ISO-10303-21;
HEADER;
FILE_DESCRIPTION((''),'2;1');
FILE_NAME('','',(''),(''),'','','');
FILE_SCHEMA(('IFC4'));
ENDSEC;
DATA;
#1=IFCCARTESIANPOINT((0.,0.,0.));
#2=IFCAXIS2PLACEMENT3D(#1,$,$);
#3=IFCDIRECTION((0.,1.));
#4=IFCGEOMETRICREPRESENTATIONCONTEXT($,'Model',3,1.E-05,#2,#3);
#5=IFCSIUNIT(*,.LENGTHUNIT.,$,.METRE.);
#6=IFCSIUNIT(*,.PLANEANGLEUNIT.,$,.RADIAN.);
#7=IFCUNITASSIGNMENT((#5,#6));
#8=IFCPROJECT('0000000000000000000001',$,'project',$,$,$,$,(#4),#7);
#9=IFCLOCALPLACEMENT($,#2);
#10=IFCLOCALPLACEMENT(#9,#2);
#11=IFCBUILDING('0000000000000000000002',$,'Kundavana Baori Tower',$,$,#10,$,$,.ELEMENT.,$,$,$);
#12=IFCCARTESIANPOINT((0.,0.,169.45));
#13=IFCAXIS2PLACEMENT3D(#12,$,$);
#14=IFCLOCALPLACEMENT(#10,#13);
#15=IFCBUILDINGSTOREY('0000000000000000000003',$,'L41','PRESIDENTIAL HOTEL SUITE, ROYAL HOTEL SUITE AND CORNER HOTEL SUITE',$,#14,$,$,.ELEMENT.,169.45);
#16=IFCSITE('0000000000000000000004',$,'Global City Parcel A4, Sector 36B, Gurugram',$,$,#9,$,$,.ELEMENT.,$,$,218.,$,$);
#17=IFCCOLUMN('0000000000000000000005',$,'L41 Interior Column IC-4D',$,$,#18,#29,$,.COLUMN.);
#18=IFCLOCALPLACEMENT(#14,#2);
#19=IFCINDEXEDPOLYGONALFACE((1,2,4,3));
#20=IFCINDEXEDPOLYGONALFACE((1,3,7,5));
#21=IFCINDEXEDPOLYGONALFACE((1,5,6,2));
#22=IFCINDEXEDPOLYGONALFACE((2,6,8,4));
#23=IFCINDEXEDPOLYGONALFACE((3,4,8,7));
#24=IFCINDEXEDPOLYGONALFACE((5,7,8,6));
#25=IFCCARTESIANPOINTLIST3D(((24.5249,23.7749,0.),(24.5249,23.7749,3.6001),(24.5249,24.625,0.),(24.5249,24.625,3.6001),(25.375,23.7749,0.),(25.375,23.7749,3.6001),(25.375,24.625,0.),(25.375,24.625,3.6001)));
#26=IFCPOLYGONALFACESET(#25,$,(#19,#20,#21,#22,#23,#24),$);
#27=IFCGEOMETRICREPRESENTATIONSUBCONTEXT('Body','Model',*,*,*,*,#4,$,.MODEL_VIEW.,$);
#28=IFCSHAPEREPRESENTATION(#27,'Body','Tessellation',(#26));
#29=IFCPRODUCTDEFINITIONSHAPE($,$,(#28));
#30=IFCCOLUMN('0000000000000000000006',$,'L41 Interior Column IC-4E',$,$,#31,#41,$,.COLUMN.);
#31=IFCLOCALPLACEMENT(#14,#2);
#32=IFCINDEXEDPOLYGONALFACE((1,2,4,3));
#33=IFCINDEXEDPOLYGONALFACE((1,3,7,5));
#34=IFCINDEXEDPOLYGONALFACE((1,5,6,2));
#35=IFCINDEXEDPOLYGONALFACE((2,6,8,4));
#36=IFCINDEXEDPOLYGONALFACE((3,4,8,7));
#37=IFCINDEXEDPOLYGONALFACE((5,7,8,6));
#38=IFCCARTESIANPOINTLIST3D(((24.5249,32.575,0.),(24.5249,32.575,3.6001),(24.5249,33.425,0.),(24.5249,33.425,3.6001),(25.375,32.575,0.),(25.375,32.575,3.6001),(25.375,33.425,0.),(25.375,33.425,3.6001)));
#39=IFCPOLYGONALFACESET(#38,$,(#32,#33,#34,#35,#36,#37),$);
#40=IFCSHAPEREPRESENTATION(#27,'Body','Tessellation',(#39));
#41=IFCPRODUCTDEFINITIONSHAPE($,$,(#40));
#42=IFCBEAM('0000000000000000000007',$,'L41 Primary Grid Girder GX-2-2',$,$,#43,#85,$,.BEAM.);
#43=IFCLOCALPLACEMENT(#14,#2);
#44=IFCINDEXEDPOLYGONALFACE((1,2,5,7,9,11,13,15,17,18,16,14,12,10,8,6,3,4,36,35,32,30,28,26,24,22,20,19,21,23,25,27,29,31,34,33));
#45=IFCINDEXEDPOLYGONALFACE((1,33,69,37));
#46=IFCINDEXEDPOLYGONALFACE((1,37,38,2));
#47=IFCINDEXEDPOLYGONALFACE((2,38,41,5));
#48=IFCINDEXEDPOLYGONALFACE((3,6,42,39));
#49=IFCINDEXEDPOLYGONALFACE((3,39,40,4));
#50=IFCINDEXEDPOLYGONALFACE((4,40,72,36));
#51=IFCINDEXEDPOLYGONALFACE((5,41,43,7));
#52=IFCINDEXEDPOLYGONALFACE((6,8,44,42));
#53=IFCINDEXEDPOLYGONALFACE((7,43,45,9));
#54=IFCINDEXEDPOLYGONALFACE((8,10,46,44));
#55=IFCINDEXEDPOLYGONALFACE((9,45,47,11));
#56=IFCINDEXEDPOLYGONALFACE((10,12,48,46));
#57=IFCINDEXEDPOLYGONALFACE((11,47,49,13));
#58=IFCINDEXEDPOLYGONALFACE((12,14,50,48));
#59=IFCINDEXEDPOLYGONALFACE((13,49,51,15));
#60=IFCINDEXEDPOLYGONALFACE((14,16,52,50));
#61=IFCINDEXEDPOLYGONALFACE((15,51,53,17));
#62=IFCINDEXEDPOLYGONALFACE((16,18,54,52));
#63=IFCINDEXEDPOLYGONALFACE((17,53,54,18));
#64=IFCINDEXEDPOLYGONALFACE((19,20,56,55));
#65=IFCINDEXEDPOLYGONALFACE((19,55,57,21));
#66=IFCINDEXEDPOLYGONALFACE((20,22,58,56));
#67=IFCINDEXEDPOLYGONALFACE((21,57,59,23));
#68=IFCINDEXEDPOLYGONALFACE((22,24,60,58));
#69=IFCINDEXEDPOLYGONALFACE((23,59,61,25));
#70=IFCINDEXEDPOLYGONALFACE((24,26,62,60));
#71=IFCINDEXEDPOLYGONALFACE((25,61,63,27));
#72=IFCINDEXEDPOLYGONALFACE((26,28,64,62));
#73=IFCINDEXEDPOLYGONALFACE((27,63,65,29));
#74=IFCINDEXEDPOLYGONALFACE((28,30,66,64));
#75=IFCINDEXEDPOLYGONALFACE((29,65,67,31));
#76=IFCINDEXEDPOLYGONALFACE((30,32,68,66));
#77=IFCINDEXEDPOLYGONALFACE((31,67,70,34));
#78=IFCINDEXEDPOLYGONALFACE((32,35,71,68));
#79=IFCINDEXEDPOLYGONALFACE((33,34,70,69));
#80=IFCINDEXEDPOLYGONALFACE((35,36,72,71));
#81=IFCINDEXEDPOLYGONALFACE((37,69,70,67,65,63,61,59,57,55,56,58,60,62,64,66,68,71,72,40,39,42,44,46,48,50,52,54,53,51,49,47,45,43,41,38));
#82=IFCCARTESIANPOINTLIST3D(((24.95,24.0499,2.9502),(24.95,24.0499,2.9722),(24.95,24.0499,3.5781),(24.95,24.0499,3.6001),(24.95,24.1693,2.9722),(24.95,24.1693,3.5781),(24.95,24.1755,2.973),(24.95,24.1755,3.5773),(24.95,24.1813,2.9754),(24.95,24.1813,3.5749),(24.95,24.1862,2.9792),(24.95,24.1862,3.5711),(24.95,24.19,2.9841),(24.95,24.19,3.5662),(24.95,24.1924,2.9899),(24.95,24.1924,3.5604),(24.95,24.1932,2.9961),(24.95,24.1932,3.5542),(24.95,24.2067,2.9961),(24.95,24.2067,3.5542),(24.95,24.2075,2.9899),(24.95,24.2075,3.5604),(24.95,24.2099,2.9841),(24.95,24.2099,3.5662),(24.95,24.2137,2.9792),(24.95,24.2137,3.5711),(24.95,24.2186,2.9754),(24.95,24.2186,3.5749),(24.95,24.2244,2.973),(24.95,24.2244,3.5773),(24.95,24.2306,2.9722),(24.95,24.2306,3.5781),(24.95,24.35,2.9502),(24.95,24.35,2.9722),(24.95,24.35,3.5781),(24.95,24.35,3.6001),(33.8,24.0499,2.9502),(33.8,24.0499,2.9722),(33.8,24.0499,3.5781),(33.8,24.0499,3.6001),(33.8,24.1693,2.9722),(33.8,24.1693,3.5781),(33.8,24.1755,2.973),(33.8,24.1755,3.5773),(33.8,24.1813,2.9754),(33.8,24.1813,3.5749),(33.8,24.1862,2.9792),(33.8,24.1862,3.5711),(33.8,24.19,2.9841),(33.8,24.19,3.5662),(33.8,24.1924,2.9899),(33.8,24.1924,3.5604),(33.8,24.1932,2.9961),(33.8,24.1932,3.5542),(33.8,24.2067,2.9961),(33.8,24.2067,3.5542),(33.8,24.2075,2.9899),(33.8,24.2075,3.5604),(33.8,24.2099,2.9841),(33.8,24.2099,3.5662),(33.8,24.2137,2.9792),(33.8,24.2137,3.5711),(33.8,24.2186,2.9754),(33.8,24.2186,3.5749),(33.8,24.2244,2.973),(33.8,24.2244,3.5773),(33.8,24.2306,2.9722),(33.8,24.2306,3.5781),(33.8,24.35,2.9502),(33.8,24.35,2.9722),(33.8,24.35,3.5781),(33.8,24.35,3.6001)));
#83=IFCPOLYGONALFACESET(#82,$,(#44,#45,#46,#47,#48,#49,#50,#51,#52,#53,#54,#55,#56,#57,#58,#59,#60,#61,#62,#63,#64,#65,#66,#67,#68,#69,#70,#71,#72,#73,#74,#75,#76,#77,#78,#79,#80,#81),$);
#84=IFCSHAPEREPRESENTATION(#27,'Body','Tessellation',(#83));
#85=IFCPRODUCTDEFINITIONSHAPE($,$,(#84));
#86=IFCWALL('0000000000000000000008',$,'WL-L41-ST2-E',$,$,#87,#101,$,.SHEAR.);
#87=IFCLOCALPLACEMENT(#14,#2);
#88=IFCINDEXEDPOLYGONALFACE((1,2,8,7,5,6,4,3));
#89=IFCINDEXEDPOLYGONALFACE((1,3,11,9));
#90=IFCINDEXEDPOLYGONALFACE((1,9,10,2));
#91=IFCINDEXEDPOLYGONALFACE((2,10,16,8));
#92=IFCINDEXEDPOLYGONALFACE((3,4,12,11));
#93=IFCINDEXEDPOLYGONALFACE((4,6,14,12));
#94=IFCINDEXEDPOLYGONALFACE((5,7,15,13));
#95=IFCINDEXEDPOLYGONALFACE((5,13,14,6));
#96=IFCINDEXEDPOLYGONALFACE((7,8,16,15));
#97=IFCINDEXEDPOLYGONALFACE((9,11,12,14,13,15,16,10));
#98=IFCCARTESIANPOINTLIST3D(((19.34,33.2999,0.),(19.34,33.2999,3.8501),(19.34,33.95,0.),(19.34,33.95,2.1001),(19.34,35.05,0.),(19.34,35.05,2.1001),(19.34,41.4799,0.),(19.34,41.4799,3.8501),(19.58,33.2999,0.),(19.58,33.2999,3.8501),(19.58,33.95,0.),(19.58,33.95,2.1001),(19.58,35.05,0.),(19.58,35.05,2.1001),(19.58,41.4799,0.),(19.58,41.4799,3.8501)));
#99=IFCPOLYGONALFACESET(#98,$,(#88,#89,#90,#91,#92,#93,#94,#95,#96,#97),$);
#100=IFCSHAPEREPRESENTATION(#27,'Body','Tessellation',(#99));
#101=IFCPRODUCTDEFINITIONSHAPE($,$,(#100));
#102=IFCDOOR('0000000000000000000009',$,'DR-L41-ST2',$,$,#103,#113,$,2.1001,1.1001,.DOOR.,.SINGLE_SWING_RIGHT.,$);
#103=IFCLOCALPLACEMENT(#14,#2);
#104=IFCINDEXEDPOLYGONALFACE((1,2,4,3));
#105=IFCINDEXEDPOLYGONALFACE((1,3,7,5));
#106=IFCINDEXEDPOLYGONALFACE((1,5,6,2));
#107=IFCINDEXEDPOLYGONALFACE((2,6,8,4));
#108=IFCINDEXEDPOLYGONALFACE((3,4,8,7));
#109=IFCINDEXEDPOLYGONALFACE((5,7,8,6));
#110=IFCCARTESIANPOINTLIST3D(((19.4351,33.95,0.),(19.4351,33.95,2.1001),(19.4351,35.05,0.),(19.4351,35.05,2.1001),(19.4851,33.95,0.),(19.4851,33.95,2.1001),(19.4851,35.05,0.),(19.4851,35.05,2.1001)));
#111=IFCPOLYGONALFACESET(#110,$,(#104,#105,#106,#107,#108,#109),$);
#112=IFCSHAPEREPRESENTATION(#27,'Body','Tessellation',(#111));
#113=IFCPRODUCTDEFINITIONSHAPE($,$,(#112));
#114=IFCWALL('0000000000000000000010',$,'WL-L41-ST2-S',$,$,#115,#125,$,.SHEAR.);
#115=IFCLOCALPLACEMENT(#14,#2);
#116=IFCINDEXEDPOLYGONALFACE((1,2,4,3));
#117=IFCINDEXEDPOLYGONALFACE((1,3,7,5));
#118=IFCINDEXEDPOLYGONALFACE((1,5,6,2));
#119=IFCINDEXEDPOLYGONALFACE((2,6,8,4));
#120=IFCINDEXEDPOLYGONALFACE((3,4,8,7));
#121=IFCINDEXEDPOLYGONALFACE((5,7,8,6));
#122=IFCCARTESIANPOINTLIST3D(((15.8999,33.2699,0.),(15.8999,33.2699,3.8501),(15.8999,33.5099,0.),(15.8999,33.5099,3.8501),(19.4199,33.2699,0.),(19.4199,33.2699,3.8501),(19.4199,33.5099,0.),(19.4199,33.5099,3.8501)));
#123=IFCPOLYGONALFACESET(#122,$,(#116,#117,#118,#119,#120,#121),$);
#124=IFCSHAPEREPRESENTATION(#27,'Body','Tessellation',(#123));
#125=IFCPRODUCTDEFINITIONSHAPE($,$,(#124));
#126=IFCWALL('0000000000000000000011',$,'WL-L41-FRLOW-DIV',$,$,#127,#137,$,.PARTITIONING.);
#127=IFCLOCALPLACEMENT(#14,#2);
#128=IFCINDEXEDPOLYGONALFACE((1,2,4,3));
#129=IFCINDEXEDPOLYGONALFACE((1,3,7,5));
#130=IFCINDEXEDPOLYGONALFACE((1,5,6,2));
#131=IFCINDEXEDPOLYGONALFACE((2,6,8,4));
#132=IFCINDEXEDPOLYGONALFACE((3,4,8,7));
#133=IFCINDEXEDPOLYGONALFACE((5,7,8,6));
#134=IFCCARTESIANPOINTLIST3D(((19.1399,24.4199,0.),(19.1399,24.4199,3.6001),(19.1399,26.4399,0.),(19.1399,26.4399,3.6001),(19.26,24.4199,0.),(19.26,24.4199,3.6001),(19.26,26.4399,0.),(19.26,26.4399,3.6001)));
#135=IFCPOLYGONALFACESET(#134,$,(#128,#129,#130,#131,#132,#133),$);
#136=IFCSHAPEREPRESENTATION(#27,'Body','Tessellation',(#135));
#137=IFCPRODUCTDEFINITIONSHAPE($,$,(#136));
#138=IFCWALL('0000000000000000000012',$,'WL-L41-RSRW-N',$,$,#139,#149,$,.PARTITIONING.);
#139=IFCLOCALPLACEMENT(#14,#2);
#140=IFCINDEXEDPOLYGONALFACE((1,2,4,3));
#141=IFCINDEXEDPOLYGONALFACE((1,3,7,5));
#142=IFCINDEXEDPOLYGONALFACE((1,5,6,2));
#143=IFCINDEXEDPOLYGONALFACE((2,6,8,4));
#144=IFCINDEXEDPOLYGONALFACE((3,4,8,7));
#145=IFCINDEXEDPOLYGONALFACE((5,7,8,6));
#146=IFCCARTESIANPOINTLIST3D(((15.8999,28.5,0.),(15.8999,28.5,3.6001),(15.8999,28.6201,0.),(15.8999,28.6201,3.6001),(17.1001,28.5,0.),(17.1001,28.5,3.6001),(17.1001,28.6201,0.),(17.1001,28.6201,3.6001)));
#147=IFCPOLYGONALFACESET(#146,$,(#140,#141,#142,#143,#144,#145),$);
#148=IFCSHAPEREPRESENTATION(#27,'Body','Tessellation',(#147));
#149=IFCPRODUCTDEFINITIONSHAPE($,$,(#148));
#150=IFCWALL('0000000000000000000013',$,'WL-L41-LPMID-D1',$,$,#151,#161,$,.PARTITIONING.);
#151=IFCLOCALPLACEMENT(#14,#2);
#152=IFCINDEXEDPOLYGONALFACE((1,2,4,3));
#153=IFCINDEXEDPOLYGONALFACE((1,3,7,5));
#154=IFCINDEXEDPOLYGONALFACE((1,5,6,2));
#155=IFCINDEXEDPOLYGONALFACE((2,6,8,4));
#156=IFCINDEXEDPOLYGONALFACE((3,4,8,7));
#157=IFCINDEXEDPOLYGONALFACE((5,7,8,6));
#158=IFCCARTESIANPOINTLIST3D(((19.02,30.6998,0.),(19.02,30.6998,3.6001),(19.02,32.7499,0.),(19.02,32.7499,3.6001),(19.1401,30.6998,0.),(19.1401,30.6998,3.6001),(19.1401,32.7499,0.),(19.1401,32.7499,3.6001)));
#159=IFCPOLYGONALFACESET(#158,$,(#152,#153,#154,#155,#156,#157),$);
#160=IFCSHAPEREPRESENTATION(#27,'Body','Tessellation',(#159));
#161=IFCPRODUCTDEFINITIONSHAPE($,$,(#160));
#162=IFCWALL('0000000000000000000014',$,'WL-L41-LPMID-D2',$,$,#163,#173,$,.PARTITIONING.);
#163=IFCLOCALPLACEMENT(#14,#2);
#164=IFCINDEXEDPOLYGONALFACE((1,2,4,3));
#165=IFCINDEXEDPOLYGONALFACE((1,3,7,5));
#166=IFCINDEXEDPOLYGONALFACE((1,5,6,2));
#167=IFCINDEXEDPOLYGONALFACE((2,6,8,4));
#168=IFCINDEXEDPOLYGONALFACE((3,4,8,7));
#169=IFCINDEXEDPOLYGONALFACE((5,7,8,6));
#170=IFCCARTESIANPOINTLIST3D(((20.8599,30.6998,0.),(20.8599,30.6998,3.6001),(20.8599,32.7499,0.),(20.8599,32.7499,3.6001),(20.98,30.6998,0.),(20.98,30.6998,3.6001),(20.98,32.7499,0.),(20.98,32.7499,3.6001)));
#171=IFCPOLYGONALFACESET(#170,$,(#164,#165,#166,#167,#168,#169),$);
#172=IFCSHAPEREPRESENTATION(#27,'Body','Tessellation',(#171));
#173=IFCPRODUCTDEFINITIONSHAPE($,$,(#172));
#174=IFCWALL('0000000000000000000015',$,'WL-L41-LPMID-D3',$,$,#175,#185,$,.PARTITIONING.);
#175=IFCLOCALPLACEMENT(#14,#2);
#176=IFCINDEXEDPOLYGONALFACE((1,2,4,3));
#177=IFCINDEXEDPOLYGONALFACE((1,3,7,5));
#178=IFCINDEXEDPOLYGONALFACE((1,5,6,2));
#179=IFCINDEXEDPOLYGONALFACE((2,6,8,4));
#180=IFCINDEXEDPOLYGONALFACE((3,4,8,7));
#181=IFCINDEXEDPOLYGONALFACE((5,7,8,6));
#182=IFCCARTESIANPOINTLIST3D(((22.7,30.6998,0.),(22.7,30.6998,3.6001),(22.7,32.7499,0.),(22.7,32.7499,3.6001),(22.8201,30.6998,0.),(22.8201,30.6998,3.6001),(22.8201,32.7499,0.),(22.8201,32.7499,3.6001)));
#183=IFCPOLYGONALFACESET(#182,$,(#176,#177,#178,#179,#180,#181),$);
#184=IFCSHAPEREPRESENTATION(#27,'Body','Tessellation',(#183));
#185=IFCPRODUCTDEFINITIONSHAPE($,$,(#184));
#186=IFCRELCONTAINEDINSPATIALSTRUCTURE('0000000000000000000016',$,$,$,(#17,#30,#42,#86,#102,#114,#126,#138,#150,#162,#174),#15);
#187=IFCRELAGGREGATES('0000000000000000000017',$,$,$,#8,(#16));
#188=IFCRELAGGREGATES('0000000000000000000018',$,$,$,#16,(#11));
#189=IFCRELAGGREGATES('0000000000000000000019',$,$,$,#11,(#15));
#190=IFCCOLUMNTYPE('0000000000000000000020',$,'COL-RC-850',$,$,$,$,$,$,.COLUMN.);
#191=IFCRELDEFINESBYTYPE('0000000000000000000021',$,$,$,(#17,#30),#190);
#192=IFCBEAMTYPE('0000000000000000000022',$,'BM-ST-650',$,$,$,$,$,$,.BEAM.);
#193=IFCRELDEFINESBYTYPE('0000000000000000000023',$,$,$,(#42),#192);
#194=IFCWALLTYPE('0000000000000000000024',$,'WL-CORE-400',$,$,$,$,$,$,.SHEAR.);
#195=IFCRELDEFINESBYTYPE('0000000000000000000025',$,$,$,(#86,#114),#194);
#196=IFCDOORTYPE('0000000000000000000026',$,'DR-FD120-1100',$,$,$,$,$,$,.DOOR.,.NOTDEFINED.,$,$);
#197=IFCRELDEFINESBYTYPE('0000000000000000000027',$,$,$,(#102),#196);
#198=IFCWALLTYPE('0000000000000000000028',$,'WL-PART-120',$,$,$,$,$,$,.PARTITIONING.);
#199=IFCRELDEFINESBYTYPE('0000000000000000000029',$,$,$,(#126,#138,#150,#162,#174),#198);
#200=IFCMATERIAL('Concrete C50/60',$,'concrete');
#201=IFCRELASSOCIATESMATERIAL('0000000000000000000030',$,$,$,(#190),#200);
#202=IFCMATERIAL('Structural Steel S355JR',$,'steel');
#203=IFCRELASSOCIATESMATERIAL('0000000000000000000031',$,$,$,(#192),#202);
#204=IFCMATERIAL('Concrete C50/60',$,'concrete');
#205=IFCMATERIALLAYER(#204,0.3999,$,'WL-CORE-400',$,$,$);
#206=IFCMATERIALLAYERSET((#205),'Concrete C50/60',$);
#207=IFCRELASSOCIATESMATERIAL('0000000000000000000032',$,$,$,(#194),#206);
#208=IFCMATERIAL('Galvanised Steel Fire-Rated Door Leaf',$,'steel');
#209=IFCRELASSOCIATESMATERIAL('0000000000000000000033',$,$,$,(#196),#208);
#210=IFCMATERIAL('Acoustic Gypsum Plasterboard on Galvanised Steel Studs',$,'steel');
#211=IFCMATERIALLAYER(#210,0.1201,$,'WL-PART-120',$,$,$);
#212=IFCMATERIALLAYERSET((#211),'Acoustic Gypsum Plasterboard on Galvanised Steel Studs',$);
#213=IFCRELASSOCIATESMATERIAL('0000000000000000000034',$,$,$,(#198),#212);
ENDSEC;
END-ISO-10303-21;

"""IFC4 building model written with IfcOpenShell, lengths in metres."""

from ifc_helpers import new_model, si_unit, direction, frame, frame_2d, origin, origin_2d, place, context, subcontext, project, spatial, rectangle, i_section, extrude, material, layer, layer_set, material_profile, profile_set, type_object, element, fill, save


model = new_model("IFC4")

# Units and contexts
model_context = context("Model", 3, precision=1e-05, world=origin(), true_north=direction((0.0, 1.0)))
body_context = subcontext(model_context, "Body", "Model", "MODEL_VIEW")
ifc_project = project(units=[si_unit("LENGTHUNIT", "METRE"), si_unit("PLANEANGLEUNIT", "RADIAN")], contexts=[model_context])

# Site, building, storey
site_placement = place(None, origin())
site = spatial("IfcSite", under=ifc_project, at=site_placement, Name="Global City Parcel A4, Sector 36B, Gurugram", CompositionType="ELEMENT", RefElevation=218.0)
building_placement = place(site_placement, origin())
building = spatial("IfcBuilding", under=site, at=building_placement, Name="Kundavana Baori Tower", CompositionType="ELEMENT")
storey_placement = place(building_placement, frame((0.0, 0.0, 169.45)))
storey = spatial("IfcBuildingStorey", under=building, at=storey_placement, Name="L41", Description="PRESIDENTIAL HOTEL SUITE, ROYAL HOTEL SUITE AND CORNER HOTEL SUITE", CompositionType="ELEMENT", Elevation=169.45)

# Columns
ifc_material_1 = material(Name="Concrete C50/60", Category="concrete")
ifc_material_profile_1 = material_profile(ifc_material_1, rectangle(XDim=0.8501, YDim=0.8501, at=origin_2d()), Name="RC 850x850")
ifc_profile_set_1 = profile_set([ifc_material_profile_1], Name="Concrete C50/60")
column_type = type_object("IfcColumnType", Name="COL-RC-850", PredefinedType="COLUMN", material=ifc_profile_set_1)
for number, where, z_axis, x_axis, name in (
    (1, (24.95, 24.2, 0.0), (0.0, 0.0, 1.0), (1.0, 0.0, 0.0), "L41 Interior Column IC-4D"),
    (2, (24.95, 33.0, 0.0), (0.0, 0.0, 1.0), (1.0, 0.0, 0.0), "L41 Interior Column IC-4E"),
):
    element("IfcColumn", number, at=place(storey_placement, frame(where, z_axis=z_axis, x_axis=x_axis)), inside=storey, type_object=column_type, Name=name, PredefinedType="COLUMN", context=body_context, shape_type="SweptSolid", body=[
        extrude(rectangle(XDim=0.8501, YDim=0.8501, at=origin_2d()), origin(), (0.0, 0.0, 1.0), 3.6001),
    ])

# Beam
ifc_material_2 = material(Name="Structural Steel S355JR", Category="steel")
ifc_material_profile_2 = material_profile(ifc_material_2, i_section(OverallWidth=0.3, OverallDepth=0.6499, WebThickness=0.0134, FlangeThickness=0.022, FilletRadius=0.0239, at=origin_2d()), Name="NPB 650x300x155")
ifc_profile_set_2 = profile_set([ifc_material_profile_2], Name="Structural Steel S355JR")
beam_type = type_object("IfcBeamType", Name="BM-ST-650", PredefinedType="BEAM", material=ifc_profile_set_2)
beam_placement = place(storey_placement, frame((24.95, 24.2, 3.2751), z_axis=(1.0, 0.0, 0.0), x_axis=(0.0, 1.0, 0.0)))
element("IfcBeam", 3, at=beam_placement, inside=storey, type_object=beam_type, Name="L41 Primary Grid Girder GX-2-2", PredefinedType="BEAM", context=body_context, shape_type="SweptSolid", body=[
    extrude(i_section(OverallWidth=0.3, OverallDepth=0.6499, WebThickness=0.0134, FlangeThickness=0.022, FilletRadius=0.0239, at=origin_2d()), origin(), (0.0, 0.0, 1.0), 8.8501),
])

# Wall, opening, door
ifc_material_3 = material(Name="Concrete C50/60", Category="concrete")
ifc_layer_1 = layer(ifc_material_3, 0.3999, Name="WL-CORE-400")
ifc_layer_set_1 = layer_set([ifc_layer_1], Name="Concrete C50/60")
wall_type_1 = type_object("IfcWallType", Name="WL-CORE-400", PredefinedType="SHEAR", material=ifc_layer_set_1)
wall_1_placement = place(storey_placement, frame((19.46, 33.3, 0.0), z_axis=(0.0, 0.0, 1.0), x_axis=(0.0, 1.0, 0.0)))
wall_1 = element("IfcWall", 4, at=wall_1_placement, inside=storey, type_object=wall_type_1, Name="WL-L41-ST2-E", PredefinedType="SHEAR", context=body_context, shape_type="SweptSolid", body=[
    extrude(rectangle(XDim=8.1799, YDim=0.24, at=frame_2d((4.0898, 0.0))), origin(), (0.0, 0.0, 1.0), 3.8501),
])
opening_1_placement = place(wall_1_placement, frame((0.6499, 0.0, 0.0)))
opening_1 = element("IfcOpeningElement", 5, at=opening_1_placement, cuts=wall_1, PredefinedType="OPENING", context=body_context, shape_type="SweptSolid", body=[
    extrude(rectangle(XDim=1.1001, YDim=2.1001, at=frame_2d((0.55, 1.05))), frame((0.0, 0.1299, 0.0), z_axis=(0.0, -1.0, 0.0), x_axis=(1.0, 0.0, 0.0)), (0.0, 0.0, 1.0), 0.26),
])
ifc_material_4 = material(Name="Galvanised Steel Fire-Rated Door Leaf", Category="steel")
door_type_1 = type_object("IfcDoorType", Name="DR-FD120-1100", OperationType="NOTDEFINED", PredefinedType="DOOR", material=ifc_material_4)
door_1_placement = place(opening_1_placement, origin())
door_1 = element("IfcDoor", 6, at=door_1_placement, inside=storey, type_object=door_type_1, Name="DR-L41-ST2", OperationType="SINGLE_SWING_RIGHT", OverallHeight=2.1001, OverallWidth=1.1001, PredefinedType="DOOR", context=body_context, shape_type="SweptSolid", body=[
    extrude(rectangle(XDim=1.1001, YDim=2.1001, at=frame_2d((0.55, 1.05))), frame((0.0, 0.0249, 0.0), z_axis=(0.0, -1.0, 0.0), x_axis=(1.0, 0.0, 0.0)), (0.0, 0.0, 1.0), 0.05),
])
fill(opening_1, door_1)

# Walls
wall_2_placement = place(storey_placement, frame((15.8999, 33.3899, 0.0), z_axis=(0.0, 0.0, 1.0), x_axis=(1.0, 0.0, 0.0)))
element("IfcWall", 7, at=wall_2_placement, inside=storey, type_object=wall_type_1, Name="WL-L41-ST2-S", PredefinedType="SHEAR", context=body_context, shape_type="SweptSolid", body=[
    extrude(rectangle(XDim=3.52, YDim=0.24, at=frame_2d((1.76, 0.0))), origin(), (0.0, 0.0, 1.0), 3.8501),
])
ifc_material_5 = material(Name="Acoustic Gypsum Plasterboard on Galvanised Steel Studs", Category="steel")
ifc_layer_2 = layer(ifc_material_5, 0.1201, Name="WL-PART-120")
ifc_layer_set_2 = layer_set([ifc_layer_2], Name="Acoustic Gypsum Plasterboard on Galvanised Steel Studs")
wall_type_2 = type_object("IfcWallType", Name="WL-PART-120", PredefinedType="PARTITIONING", material=ifc_layer_set_2)
wall_3_placement = place(storey_placement, frame((19.2, 24.4199, 0.0), z_axis=(0.0, 0.0, 1.0), x_axis=(0.0, 1.0, 0.0)))
element("IfcWall", 8, at=wall_3_placement, inside=storey, type_object=wall_type_2, Name="WL-L41-FRLOW-DIV", PredefinedType="PARTITIONING", context=body_context, shape_type="SweptSolid", body=[
    extrude(rectangle(XDim=2.02, YDim=0.1201, at=frame_2d((1.01, 0.0))), origin(), (0.0, 0.0, 1.0), 3.6001),
])
wall_4_placement = place(storey_placement, frame((15.8999, 28.5601, 0.0), z_axis=(0.0, 0.0, 1.0), x_axis=(1.0, 0.0, 0.0)))
element("IfcWall", 9, at=wall_4_placement, inside=storey, type_object=wall_type_2, Name="WL-L41-RSRW-N", PredefinedType="PARTITIONING", context=body_context, shape_type="SweptSolid", body=[
    extrude(rectangle(XDim=1.2002, YDim=0.1201, at=frame_2d((0.6001, 0.0))), origin(), (0.0, 0.0, 1.0), 3.6001),
])
for number, where, z_axis, x_axis, name in (
    (10, (19.0801, 30.7, 0.0), (0.0, 0.0, 1.0), (0.0, 1.0, 0.0), "WL-L41-LPMID-D1"),
    (11, (20.9199, 30.7, 0.0), (0.0, 0.0, 1.0), (0.0, 1.0, 0.0), "WL-L41-LPMID-D2"),
    (12, (22.76, 30.7, 0.0), (0.0, 0.0, 1.0), (0.0, 1.0, 0.0), "WL-L41-LPMID-D3"),
):
    element("IfcWall", number, at=place(storey_placement, frame(where, z_axis=z_axis, x_axis=x_axis)), inside=storey, type_object=wall_type_2, Name=name, PredefinedType="PARTITIONING", context=body_context, shape_type="SweptSolid", body=[
        extrude(rectangle(XDim=2.05, YDim=0.1201, at=frame_2d((1.0249, 0.0))), origin(), (0.0, 0.0, 1.0), 3.6001),
    ])

save(model, "model.ifc")
